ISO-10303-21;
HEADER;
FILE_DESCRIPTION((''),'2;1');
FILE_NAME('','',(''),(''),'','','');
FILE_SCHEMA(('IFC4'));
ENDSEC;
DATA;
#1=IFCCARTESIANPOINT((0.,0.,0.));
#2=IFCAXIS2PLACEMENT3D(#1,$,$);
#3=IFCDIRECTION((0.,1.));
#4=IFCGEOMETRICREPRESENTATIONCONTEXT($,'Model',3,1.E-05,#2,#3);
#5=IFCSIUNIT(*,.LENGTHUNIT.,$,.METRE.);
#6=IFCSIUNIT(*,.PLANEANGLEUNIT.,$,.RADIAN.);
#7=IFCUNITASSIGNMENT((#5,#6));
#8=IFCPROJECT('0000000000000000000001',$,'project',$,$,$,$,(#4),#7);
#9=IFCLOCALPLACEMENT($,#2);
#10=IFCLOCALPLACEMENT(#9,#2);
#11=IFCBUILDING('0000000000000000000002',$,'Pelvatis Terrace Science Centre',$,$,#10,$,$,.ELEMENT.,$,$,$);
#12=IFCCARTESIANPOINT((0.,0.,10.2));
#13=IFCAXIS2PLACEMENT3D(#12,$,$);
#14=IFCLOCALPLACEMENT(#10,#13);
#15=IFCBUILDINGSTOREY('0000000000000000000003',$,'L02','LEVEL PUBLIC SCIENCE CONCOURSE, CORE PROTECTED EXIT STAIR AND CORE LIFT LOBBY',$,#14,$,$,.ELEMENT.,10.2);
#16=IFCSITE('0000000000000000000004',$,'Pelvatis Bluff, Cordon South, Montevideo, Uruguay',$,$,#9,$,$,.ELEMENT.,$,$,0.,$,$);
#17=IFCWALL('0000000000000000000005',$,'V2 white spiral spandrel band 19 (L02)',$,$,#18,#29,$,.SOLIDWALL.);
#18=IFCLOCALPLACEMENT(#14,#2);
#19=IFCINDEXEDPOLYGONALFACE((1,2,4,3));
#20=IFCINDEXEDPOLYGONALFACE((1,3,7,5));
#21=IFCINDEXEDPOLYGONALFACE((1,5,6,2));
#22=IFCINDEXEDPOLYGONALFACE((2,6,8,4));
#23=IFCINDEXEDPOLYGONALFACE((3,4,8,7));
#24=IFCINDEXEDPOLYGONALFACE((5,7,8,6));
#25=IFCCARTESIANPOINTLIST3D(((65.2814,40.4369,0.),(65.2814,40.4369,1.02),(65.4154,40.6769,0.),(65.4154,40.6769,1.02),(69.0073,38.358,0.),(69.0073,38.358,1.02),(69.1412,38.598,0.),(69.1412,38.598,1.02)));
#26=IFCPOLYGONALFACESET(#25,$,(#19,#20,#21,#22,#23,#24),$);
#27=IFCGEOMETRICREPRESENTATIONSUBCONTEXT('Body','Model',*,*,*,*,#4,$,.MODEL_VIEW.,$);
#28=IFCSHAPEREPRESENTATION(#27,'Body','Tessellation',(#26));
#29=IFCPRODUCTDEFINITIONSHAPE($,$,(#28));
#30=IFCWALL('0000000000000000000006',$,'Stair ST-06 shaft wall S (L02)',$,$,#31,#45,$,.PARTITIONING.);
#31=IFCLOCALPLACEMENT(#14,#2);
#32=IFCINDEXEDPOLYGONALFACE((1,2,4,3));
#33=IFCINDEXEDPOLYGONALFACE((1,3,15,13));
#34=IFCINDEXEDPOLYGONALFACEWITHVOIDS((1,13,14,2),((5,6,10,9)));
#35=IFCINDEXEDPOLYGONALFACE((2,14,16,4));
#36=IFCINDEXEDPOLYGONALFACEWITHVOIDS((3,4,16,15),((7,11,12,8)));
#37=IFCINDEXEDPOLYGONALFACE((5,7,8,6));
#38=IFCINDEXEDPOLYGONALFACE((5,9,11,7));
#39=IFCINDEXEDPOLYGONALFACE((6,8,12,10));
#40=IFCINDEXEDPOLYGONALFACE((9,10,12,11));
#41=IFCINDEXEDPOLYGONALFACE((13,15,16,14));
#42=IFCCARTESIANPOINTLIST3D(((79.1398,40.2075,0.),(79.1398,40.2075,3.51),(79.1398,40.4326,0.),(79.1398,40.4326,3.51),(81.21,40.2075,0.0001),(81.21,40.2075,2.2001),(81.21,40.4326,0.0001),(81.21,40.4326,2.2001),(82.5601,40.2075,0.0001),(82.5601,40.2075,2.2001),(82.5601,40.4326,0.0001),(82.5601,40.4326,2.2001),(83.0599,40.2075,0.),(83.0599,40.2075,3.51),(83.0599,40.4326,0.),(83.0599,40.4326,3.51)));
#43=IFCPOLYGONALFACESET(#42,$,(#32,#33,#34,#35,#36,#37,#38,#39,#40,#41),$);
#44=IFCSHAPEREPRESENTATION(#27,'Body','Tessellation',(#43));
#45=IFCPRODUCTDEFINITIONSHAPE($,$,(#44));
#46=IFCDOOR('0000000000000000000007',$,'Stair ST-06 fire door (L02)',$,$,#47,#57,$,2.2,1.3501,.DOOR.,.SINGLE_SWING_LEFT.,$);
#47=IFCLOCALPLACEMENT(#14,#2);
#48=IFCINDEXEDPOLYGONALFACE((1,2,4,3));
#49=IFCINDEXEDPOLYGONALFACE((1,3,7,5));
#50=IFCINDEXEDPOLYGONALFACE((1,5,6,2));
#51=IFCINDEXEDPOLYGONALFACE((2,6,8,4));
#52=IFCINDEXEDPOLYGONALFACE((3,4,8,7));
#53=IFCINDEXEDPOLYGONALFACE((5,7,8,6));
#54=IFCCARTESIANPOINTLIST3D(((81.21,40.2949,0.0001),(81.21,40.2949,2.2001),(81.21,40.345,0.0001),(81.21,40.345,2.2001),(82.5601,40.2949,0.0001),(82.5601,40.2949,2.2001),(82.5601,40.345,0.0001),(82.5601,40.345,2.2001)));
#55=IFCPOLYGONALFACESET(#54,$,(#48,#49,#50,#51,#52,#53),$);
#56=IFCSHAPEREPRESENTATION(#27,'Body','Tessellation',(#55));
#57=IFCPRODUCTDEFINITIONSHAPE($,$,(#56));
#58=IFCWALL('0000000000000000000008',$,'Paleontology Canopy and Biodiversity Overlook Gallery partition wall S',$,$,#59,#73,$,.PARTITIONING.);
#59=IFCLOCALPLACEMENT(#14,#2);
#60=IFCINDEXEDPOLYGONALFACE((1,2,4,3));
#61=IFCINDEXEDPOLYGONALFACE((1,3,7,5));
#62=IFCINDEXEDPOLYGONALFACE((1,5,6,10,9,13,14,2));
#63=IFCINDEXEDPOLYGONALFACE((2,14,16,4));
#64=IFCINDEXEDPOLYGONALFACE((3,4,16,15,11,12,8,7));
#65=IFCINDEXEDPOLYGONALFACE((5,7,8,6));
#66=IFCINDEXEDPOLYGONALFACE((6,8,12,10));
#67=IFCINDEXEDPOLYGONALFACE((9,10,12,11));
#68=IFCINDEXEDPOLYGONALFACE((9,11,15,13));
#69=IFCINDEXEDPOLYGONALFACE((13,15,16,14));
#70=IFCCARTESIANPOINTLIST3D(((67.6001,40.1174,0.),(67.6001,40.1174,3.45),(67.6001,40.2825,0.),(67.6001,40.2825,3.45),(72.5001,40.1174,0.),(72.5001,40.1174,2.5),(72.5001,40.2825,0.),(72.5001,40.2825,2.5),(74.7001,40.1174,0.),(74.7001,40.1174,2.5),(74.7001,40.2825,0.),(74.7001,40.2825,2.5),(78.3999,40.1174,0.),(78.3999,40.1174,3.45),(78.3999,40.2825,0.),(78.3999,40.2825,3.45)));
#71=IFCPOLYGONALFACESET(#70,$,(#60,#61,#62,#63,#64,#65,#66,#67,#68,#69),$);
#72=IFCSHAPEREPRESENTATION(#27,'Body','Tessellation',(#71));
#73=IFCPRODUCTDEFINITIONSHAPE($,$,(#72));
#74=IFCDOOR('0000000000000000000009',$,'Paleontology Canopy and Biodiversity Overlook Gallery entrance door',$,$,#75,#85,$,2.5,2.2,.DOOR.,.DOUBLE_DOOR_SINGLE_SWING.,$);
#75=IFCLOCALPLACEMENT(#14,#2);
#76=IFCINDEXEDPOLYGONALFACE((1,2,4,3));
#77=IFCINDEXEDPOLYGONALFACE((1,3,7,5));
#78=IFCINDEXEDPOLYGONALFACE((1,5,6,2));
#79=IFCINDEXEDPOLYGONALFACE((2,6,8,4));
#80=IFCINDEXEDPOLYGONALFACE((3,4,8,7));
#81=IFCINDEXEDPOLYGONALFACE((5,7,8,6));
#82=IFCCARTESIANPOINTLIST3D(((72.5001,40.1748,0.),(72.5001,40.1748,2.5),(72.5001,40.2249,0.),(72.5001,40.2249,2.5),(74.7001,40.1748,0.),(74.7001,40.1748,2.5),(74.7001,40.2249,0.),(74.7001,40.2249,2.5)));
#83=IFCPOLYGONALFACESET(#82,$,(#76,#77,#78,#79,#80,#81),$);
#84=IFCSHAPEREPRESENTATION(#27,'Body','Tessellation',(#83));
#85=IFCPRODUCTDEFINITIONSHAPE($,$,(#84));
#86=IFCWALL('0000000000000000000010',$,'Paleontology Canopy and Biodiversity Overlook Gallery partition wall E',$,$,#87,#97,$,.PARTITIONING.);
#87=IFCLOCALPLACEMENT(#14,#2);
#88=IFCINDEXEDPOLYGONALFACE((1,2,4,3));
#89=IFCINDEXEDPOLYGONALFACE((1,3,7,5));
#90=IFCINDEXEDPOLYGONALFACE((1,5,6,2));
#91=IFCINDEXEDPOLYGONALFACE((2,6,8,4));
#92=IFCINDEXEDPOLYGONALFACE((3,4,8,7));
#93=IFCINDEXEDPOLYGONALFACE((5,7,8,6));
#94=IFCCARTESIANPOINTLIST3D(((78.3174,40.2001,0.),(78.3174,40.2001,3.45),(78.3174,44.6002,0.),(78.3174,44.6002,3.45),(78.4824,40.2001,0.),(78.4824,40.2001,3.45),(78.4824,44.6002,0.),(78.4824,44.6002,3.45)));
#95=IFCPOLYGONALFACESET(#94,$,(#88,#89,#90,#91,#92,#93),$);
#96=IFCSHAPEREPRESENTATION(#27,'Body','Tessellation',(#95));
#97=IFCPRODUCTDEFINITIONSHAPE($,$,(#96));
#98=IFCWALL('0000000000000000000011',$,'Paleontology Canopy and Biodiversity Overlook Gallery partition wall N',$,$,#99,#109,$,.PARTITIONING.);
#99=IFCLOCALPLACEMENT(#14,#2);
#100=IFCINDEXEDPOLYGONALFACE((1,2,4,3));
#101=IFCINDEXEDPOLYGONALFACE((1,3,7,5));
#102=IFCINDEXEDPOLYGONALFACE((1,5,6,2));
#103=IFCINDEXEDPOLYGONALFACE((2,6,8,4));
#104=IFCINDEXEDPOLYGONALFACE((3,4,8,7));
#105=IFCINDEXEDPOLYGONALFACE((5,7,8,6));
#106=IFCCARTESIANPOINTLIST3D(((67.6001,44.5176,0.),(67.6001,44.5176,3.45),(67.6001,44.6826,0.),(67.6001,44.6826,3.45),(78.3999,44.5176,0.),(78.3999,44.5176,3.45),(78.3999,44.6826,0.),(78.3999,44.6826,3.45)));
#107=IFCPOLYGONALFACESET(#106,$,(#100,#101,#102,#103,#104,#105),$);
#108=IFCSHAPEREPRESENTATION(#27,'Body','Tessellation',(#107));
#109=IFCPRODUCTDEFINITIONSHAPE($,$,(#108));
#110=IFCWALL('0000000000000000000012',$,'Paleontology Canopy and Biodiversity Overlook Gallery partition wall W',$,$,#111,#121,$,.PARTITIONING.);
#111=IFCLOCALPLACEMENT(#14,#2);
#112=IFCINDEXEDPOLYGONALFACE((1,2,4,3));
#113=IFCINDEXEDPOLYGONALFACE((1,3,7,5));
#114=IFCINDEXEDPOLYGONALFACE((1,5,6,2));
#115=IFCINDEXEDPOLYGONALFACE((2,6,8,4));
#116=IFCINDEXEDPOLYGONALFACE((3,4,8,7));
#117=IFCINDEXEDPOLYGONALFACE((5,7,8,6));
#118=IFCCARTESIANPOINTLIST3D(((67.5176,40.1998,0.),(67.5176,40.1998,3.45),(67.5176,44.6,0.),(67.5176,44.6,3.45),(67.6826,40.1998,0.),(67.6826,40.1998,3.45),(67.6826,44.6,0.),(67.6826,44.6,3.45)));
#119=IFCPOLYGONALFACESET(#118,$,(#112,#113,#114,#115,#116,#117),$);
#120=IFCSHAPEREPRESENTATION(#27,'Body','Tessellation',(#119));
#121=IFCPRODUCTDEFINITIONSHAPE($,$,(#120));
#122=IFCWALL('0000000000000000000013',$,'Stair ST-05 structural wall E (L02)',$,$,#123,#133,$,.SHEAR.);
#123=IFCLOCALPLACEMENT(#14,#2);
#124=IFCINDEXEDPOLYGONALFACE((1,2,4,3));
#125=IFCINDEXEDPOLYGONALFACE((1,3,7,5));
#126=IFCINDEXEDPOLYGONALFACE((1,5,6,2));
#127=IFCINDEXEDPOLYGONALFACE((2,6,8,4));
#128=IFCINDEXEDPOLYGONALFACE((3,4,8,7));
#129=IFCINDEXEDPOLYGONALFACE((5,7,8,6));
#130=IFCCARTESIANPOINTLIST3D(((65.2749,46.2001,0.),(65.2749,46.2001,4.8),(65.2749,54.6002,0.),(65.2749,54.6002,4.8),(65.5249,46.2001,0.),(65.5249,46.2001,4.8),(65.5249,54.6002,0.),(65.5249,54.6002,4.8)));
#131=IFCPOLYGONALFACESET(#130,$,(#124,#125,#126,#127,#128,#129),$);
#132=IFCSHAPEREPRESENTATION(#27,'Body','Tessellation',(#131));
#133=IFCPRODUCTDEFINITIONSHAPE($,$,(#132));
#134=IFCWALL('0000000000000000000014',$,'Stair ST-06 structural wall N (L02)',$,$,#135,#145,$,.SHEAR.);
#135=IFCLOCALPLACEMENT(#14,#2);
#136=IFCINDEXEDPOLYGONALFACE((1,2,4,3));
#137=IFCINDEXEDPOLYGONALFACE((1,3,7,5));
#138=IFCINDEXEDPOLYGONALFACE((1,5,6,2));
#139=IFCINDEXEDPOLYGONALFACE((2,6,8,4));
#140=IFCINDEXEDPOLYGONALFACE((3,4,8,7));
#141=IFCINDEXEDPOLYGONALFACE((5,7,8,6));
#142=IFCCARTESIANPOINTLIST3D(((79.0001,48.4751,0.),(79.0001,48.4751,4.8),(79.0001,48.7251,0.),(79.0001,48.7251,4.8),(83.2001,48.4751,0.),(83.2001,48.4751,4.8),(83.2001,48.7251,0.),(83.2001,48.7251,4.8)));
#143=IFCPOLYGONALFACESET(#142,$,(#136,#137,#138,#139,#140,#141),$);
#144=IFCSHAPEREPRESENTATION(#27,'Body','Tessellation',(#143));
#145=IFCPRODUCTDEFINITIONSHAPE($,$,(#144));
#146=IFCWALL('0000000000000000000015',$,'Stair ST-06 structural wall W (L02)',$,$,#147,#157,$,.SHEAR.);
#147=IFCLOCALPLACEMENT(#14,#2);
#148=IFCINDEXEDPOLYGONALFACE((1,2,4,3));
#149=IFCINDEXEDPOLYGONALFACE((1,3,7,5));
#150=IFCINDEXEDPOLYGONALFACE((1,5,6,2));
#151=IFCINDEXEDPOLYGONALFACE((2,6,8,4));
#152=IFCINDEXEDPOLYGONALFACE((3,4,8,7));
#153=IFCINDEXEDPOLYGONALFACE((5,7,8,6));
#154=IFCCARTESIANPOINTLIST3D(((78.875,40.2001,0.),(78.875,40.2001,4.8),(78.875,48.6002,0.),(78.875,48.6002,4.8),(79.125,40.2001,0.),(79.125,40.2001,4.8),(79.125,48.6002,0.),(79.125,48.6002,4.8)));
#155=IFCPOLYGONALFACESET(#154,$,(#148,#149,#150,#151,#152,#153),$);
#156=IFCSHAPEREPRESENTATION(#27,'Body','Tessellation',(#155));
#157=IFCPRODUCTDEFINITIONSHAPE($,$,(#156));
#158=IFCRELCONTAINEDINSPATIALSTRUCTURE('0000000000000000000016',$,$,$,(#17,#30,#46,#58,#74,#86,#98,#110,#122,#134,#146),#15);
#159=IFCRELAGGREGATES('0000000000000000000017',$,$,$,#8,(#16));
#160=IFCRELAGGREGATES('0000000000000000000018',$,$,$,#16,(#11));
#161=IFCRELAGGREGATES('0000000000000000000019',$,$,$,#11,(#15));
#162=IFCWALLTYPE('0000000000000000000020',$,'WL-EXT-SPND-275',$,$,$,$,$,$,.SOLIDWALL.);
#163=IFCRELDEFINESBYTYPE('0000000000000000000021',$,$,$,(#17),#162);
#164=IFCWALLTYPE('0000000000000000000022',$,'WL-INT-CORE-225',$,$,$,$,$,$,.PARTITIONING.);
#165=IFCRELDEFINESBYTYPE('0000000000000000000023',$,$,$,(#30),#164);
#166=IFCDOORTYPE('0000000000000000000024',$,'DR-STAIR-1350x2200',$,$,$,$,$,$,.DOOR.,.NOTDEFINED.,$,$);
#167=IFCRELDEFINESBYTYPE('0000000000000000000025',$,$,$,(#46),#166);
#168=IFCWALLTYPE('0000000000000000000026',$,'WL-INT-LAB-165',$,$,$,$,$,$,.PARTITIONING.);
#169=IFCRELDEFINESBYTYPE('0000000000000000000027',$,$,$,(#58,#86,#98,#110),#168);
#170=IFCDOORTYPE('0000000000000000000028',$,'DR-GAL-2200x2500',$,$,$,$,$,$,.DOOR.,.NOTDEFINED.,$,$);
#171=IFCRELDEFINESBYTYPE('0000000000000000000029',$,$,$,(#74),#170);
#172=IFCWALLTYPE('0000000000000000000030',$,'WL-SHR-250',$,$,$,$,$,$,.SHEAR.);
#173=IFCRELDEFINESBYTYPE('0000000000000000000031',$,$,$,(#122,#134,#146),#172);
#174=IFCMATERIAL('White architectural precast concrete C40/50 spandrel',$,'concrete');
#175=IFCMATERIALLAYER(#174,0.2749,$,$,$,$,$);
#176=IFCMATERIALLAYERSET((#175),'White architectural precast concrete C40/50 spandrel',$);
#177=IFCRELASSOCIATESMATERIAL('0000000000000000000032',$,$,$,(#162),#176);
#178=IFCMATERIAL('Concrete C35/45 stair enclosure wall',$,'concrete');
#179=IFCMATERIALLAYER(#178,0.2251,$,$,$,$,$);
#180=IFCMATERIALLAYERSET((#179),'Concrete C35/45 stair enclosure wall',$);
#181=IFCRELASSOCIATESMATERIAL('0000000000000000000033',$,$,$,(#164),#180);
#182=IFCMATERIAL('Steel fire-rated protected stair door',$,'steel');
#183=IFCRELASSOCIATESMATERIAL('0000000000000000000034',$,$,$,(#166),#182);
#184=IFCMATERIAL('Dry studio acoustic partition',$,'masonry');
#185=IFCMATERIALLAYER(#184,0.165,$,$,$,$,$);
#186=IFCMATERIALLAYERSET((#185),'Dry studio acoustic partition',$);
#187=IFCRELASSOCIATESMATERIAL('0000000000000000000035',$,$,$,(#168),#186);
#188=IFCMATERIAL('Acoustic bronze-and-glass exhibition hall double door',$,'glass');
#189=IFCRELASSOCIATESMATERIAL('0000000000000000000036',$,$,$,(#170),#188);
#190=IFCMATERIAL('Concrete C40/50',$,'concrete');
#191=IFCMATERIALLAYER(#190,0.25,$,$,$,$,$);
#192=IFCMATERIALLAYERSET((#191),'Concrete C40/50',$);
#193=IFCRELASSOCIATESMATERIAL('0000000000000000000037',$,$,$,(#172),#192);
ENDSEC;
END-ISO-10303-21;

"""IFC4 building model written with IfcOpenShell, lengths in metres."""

from ifc_helpers import new_model, si_unit, direction, frame, frame_2d, origin, place, context, subcontext, project, spatial, rectangle, extrude, material, layer, layer_set, type_object, element, fill, save


model = new_model("IFC4")

# Units and contexts
model_context = context("Model", 3, precision=1e-05, world=origin(), true_north=direction((0.0, 1.0)))
body_context = subcontext(model_context, "Body", "Model", "MODEL_VIEW")
ifc_project = project(units=[si_unit("LENGTHUNIT", "METRE"), si_unit("PLANEANGLEUNIT", "RADIAN")], contexts=[model_context])

# Site, building, storey
site_placement = place(None, origin())
site = spatial("IfcSite", under=ifc_project, at=site_placement, Name="Pelvatis Bluff, Cordon South, Montevideo, Uruguay", CompositionType="ELEMENT", RefElevation=0.0)
building_placement = place(site_placement, origin())
building = spatial("IfcBuilding", under=site, at=building_placement, Name="Pelvatis Terrace Science Centre", CompositionType="ELEMENT")
storey_placement = place(building_placement, frame((0.0, 0.0, 10.2)))
storey = spatial("IfcBuildingStorey", under=building, at=storey_placement, Name="L02", Description="LEVEL PUBLIC SCIENCE CONCOURSE, CORE PROTECTED EXIT STAIR AND CORE LIFT LOBBY", CompositionType="ELEMENT", Elevation=10.2)

# Wall
ifc_material_1 = material(Name="White architectural precast concrete C40/50 spandrel", Category="concrete")
ifc_layer_1 = layer(ifc_material_1, 0.2749)
ifc_layer_set_1 = layer_set([ifc_layer_1], Name="White architectural precast concrete C40/50 spandrel")
wall_type_1 = type_object("IfcWallType", Name="WL-EXT-SPND-275", PredefinedType="SOLIDWALL", material=ifc_layer_set_1)
wall_1_placement = place(storey_placement, frame((65.3484, 40.5569, 0.0), z_axis=(0.0, 0.0, 1.0), x_axis=(0.873265, -0.487245, 0.0)))
element("IfcWall", 1, at=wall_1_placement, inside=storey, type_object=wall_type_1, Name="V2 white spiral spandrel band 19 (L02)", PredefinedType="SOLIDWALL", context=body_context, shape_type="SweptSolid", body=[
    extrude(rectangle(XDim=4.2666, YDim=0.2749, at=frame_2d((2.1333, 0.0))), origin(), (0.0, 0.0, 1.0), 1.02),
])

# Walls, openings, doors
ifc_material_2 = material(Name="Concrete C35/45 stair enclosure wall", Category="concrete")
ifc_layer_2 = layer(ifc_material_2, 0.2251)
ifc_layer_set_2 = layer_set([ifc_layer_2], Name="Concrete C35/45 stair enclosure wall")
wall_type_2 = type_object("IfcWallType", Name="WL-INT-CORE-225", PredefinedType="PARTITIONING", material=ifc_layer_set_2)
wall_2_placement = place(storey_placement, frame((79.1399, 40.3201, 0.0), z_axis=(0.0, 0.0, 1.0), x_axis=(1.0, 0.0, 0.0)))
wall_2 = element("IfcWall", 2, at=wall_2_placement, inside=storey, type_object=wall_type_2, Name="Stair ST-06 shaft wall S (L02)", PredefinedType="PARTITIONING", context=body_context, shape_type="SweptSolid", body=[
    extrude(rectangle(XDim=3.9202, YDim=0.2251, at=frame_2d((1.96, 0.0))), origin(), (0.0, 0.0, 1.0), 3.51),
])
opening_1_placement = place(wall_2_placement, frame((2.0701, 0.0, 0.0)))
opening_1 = element("IfcOpeningElement", 3, at=opening_1_placement, cuts=wall_2, PredefinedType="OPENING", context=body_context, shape_type="SweptSolid", body=[
    extrude(rectangle(XDim=1.3501, YDim=2.2, at=frame_2d((0.675, 1.1001))), frame((0.0, 0.1226, 0.0), z_axis=(0.0, -1.0, 0.0), x_axis=(1.0, 0.0, 0.0)), (0.0, 0.0, 1.0), 0.2451),
])
ifc_material_3 = material(Name="Steel fire-rated protected stair door", Category="steel")
door_type_1 = type_object("IfcDoorType", Name="DR-STAIR-1350x2200", OperationType="NOTDEFINED", PredefinedType="DOOR", material=ifc_material_3)
door_1_placement = place(opening_1_placement, origin())
door_1 = element("IfcDoor", 4, at=door_1_placement, inside=storey, type_object=door_type_1, Name="Stair ST-06 fire door (L02)", OperationType="SINGLE_SWING_LEFT", OverallHeight=2.2, OverallWidth=1.3501, PredefinedType="DOOR", context=body_context, shape_type="SweptSolid", body=[
    extrude(rectangle(XDim=1.3501, YDim=2.2, at=frame_2d((0.675, 1.1001))), frame((0.0, 0.0249, 0.0), z_axis=(0.0, -1.0, 0.0), x_axis=(1.0, 0.0, 0.0)), (0.0, 0.0, 1.0), 0.05),
])
fill(opening_1, door_1)
ifc_material_4 = material(Name="Dry studio acoustic partition", Category="masonry")
ifc_layer_3 = layer(ifc_material_4, 0.165)
ifc_layer_set_3 = layer_set([ifc_layer_3], Name="Dry studio acoustic partition")
wall_type_3 = type_object("IfcWallType", Name="WL-INT-LAB-165", PredefinedType="PARTITIONING", material=ifc_layer_set_3)
wall_3_placement = place(storey_placement, frame((67.6001, 40.2, 0.0), z_axis=(0.0, 0.0, 1.0), x_axis=(1.0, 0.0, 0.0)))
wall_3 = element("IfcWall", 5, at=wall_3_placement, inside=storey, type_object=wall_type_3, Name="Paleontology Canopy and Biodiversity Overlook Gallery partition wall S", PredefinedType="PARTITIONING", context=body_context, shape_type="SweptSolid", body=[
    extrude(rectangle(XDim=10.7998, YDim=0.165, at=frame_2d((5.3999, 0.0))), origin(), (0.0, 0.0, 1.0), 3.45),
])
opening_2_placement = place(wall_3_placement, frame((4.8999, 0.0, 0.0)))
opening_2 = element("IfcOpeningElement", 6, at=opening_2_placement, cuts=wall_3, PredefinedType="OPENING", context=body_context, shape_type="SweptSolid", body=[
    extrude(rectangle(XDim=2.2, YDim=2.5, at=frame_2d((1.1001, 1.25))), frame((0.0, 0.0925, 0.0), z_axis=(0.0, -1.0, 0.0), x_axis=(1.0, 0.0, 0.0)), (0.0, 0.0, 1.0), 0.1851),
])
ifc_material_5 = material(Name="Acoustic bronze-and-glass exhibition hall double door", Category="glass")
door_type_2 = type_object("IfcDoorType", Name="DR-GAL-2200x2500", OperationType="NOTDEFINED", PredefinedType="DOOR", material=ifc_material_5)
door_2_placement = place(opening_2_placement, origin())
door_2 = element("IfcDoor", 7, at=door_2_placement, inside=storey, type_object=door_type_2, Name="Paleontology Canopy and Biodiversity Overlook Gallery entrance door", OperationType="DOUBLE_DOOR_SINGLE_SWING", OverallHeight=2.5, OverallWidth=2.2, PredefinedType="DOOR", context=body_context, shape_type="SweptSolid", body=[
    extrude(rectangle(XDim=2.2, YDim=2.5, at=frame_2d((1.1001, 1.25))), frame((0.0, 0.0249, 0.0), z_axis=(0.0, -1.0, 0.0), x_axis=(1.0, 0.0, 0.0)), (0.0, 0.0, 1.0), 0.05),
])
fill(opening_2, door_2)

# Walls
wall_4_placement = place(storey_placement, frame((78.3999, 40.2, 0.0), z_axis=(0.0, 0.0, 1.0), x_axis=(0.0, 1.0, 0.0)))
element("IfcWall", 8, at=wall_4_placement, inside=storey, type_object=wall_type_3, Name="Paleontology Canopy and Biodiversity Overlook Gallery partition wall E", PredefinedType="PARTITIONING", context=body_context, shape_type="SweptSolid", body=[
    extrude(rectangle(XDim=4.4001, YDim=0.165, at=frame_2d((2.2002, 0.0))), origin(), (0.0, 0.0, 1.0), 3.45),
])
wall_5_placement = place(storey_placement, frame((78.3999, 44.6001, 0.0), z_axis=(0.0, 0.0, 1.0), x_axis=(-1.0, 0.0, 0.0)))
element("IfcWall", 9, at=wall_5_placement, inside=storey, type_object=wall_type_3, Name="Paleontology Canopy and Biodiversity Overlook Gallery partition wall N", PredefinedType="PARTITIONING", context=body_context, shape_type="SweptSolid", body=[
    extrude(rectangle(XDim=10.7998, YDim=0.165, at=frame_2d((5.3999, 0.0))), origin(), (0.0, 0.0, 1.0), 3.45),
])
wall_6_placement = place(storey_placement, frame((67.6001, 44.6001, 0.0), z_axis=(0.0, 0.0, 1.0), x_axis=(0.0, -1.0, 0.0)))
element("IfcWall", 10, at=wall_6_placement, inside=storey, type_object=wall_type_3, Name="Paleontology Canopy and Biodiversity Overlook Gallery partition wall W", PredefinedType="PARTITIONING", context=body_context, shape_type="SweptSolid", body=[
    extrude(rectangle(XDim=4.4001, YDim=0.165, at=frame_2d((2.2002, 0.0))), origin(), (0.0, 0.0, 1.0), 3.45),
])
ifc_material_6 = material(Name="Concrete C40/50", Category="concrete")
ifc_layer_4 = layer(ifc_material_6, 0.25)
ifc_layer_set_4 = layer_set([ifc_layer_4], Name="Concrete C40/50")
wall_type_4 = type_object("IfcWallType", Name="WL-SHR-250", PredefinedType="SHEAR", material=ifc_layer_set_4)
wall_7_placement = place(storey_placement, frame((65.3999, 46.2, 0.0), z_axis=(0.0, 0.0, 1.0), x_axis=(0.0, 1.0, 0.0)))
element("IfcWall", 11, at=wall_7_placement, inside=storey, type_object=wall_type_4, Name="Stair ST-05 structural wall E (L02)", PredefinedType="SHEAR", context=body_context, shape_type="SweptSolid", body=[
    extrude(rectangle(XDim=8.4001, YDim=0.25, at=frame_2d((4.2002, 0.0))), origin(), (0.0, 0.0, 1.0), 4.8),
])
wall_8_placement = place(storey_placement, frame((79.0, 48.6001, 0.0), z_axis=(0.0, 0.0, 1.0), x_axis=(1.0, 0.0, 0.0)))
element("IfcWall", 12, at=wall_8_placement, inside=storey, type_object=wall_type_4, Name="Stair ST-06 structural wall N (L02)", PredefinedType="SHEAR", context=body_context, shape_type="SweptSolid", body=[
    extrude(rectangle(XDim=4.2, YDim=0.25, at=frame_2d((2.1001, 0.0))), origin(), (0.0, 0.0, 1.0), 4.8),
])
wall_9_placement = place(storey_placement, frame((79.0, 40.2, 0.0), z_axis=(0.0, 0.0, 1.0), x_axis=(0.0, 1.0, 0.0)))
element("IfcWall", 13, at=wall_9_placement, inside=storey, type_object=wall_type_4, Name="Stair ST-06 structural wall W (L02)", PredefinedType="SHEAR", context=body_context, shape_type="SweptSolid", body=[
    extrude(rectangle(XDim=8.4001, YDim=0.25, at=frame_2d((4.2002, 0.0))), origin(), (0.0, 0.0, 1.0), 4.8),
])

save(model, "model.ifc")
